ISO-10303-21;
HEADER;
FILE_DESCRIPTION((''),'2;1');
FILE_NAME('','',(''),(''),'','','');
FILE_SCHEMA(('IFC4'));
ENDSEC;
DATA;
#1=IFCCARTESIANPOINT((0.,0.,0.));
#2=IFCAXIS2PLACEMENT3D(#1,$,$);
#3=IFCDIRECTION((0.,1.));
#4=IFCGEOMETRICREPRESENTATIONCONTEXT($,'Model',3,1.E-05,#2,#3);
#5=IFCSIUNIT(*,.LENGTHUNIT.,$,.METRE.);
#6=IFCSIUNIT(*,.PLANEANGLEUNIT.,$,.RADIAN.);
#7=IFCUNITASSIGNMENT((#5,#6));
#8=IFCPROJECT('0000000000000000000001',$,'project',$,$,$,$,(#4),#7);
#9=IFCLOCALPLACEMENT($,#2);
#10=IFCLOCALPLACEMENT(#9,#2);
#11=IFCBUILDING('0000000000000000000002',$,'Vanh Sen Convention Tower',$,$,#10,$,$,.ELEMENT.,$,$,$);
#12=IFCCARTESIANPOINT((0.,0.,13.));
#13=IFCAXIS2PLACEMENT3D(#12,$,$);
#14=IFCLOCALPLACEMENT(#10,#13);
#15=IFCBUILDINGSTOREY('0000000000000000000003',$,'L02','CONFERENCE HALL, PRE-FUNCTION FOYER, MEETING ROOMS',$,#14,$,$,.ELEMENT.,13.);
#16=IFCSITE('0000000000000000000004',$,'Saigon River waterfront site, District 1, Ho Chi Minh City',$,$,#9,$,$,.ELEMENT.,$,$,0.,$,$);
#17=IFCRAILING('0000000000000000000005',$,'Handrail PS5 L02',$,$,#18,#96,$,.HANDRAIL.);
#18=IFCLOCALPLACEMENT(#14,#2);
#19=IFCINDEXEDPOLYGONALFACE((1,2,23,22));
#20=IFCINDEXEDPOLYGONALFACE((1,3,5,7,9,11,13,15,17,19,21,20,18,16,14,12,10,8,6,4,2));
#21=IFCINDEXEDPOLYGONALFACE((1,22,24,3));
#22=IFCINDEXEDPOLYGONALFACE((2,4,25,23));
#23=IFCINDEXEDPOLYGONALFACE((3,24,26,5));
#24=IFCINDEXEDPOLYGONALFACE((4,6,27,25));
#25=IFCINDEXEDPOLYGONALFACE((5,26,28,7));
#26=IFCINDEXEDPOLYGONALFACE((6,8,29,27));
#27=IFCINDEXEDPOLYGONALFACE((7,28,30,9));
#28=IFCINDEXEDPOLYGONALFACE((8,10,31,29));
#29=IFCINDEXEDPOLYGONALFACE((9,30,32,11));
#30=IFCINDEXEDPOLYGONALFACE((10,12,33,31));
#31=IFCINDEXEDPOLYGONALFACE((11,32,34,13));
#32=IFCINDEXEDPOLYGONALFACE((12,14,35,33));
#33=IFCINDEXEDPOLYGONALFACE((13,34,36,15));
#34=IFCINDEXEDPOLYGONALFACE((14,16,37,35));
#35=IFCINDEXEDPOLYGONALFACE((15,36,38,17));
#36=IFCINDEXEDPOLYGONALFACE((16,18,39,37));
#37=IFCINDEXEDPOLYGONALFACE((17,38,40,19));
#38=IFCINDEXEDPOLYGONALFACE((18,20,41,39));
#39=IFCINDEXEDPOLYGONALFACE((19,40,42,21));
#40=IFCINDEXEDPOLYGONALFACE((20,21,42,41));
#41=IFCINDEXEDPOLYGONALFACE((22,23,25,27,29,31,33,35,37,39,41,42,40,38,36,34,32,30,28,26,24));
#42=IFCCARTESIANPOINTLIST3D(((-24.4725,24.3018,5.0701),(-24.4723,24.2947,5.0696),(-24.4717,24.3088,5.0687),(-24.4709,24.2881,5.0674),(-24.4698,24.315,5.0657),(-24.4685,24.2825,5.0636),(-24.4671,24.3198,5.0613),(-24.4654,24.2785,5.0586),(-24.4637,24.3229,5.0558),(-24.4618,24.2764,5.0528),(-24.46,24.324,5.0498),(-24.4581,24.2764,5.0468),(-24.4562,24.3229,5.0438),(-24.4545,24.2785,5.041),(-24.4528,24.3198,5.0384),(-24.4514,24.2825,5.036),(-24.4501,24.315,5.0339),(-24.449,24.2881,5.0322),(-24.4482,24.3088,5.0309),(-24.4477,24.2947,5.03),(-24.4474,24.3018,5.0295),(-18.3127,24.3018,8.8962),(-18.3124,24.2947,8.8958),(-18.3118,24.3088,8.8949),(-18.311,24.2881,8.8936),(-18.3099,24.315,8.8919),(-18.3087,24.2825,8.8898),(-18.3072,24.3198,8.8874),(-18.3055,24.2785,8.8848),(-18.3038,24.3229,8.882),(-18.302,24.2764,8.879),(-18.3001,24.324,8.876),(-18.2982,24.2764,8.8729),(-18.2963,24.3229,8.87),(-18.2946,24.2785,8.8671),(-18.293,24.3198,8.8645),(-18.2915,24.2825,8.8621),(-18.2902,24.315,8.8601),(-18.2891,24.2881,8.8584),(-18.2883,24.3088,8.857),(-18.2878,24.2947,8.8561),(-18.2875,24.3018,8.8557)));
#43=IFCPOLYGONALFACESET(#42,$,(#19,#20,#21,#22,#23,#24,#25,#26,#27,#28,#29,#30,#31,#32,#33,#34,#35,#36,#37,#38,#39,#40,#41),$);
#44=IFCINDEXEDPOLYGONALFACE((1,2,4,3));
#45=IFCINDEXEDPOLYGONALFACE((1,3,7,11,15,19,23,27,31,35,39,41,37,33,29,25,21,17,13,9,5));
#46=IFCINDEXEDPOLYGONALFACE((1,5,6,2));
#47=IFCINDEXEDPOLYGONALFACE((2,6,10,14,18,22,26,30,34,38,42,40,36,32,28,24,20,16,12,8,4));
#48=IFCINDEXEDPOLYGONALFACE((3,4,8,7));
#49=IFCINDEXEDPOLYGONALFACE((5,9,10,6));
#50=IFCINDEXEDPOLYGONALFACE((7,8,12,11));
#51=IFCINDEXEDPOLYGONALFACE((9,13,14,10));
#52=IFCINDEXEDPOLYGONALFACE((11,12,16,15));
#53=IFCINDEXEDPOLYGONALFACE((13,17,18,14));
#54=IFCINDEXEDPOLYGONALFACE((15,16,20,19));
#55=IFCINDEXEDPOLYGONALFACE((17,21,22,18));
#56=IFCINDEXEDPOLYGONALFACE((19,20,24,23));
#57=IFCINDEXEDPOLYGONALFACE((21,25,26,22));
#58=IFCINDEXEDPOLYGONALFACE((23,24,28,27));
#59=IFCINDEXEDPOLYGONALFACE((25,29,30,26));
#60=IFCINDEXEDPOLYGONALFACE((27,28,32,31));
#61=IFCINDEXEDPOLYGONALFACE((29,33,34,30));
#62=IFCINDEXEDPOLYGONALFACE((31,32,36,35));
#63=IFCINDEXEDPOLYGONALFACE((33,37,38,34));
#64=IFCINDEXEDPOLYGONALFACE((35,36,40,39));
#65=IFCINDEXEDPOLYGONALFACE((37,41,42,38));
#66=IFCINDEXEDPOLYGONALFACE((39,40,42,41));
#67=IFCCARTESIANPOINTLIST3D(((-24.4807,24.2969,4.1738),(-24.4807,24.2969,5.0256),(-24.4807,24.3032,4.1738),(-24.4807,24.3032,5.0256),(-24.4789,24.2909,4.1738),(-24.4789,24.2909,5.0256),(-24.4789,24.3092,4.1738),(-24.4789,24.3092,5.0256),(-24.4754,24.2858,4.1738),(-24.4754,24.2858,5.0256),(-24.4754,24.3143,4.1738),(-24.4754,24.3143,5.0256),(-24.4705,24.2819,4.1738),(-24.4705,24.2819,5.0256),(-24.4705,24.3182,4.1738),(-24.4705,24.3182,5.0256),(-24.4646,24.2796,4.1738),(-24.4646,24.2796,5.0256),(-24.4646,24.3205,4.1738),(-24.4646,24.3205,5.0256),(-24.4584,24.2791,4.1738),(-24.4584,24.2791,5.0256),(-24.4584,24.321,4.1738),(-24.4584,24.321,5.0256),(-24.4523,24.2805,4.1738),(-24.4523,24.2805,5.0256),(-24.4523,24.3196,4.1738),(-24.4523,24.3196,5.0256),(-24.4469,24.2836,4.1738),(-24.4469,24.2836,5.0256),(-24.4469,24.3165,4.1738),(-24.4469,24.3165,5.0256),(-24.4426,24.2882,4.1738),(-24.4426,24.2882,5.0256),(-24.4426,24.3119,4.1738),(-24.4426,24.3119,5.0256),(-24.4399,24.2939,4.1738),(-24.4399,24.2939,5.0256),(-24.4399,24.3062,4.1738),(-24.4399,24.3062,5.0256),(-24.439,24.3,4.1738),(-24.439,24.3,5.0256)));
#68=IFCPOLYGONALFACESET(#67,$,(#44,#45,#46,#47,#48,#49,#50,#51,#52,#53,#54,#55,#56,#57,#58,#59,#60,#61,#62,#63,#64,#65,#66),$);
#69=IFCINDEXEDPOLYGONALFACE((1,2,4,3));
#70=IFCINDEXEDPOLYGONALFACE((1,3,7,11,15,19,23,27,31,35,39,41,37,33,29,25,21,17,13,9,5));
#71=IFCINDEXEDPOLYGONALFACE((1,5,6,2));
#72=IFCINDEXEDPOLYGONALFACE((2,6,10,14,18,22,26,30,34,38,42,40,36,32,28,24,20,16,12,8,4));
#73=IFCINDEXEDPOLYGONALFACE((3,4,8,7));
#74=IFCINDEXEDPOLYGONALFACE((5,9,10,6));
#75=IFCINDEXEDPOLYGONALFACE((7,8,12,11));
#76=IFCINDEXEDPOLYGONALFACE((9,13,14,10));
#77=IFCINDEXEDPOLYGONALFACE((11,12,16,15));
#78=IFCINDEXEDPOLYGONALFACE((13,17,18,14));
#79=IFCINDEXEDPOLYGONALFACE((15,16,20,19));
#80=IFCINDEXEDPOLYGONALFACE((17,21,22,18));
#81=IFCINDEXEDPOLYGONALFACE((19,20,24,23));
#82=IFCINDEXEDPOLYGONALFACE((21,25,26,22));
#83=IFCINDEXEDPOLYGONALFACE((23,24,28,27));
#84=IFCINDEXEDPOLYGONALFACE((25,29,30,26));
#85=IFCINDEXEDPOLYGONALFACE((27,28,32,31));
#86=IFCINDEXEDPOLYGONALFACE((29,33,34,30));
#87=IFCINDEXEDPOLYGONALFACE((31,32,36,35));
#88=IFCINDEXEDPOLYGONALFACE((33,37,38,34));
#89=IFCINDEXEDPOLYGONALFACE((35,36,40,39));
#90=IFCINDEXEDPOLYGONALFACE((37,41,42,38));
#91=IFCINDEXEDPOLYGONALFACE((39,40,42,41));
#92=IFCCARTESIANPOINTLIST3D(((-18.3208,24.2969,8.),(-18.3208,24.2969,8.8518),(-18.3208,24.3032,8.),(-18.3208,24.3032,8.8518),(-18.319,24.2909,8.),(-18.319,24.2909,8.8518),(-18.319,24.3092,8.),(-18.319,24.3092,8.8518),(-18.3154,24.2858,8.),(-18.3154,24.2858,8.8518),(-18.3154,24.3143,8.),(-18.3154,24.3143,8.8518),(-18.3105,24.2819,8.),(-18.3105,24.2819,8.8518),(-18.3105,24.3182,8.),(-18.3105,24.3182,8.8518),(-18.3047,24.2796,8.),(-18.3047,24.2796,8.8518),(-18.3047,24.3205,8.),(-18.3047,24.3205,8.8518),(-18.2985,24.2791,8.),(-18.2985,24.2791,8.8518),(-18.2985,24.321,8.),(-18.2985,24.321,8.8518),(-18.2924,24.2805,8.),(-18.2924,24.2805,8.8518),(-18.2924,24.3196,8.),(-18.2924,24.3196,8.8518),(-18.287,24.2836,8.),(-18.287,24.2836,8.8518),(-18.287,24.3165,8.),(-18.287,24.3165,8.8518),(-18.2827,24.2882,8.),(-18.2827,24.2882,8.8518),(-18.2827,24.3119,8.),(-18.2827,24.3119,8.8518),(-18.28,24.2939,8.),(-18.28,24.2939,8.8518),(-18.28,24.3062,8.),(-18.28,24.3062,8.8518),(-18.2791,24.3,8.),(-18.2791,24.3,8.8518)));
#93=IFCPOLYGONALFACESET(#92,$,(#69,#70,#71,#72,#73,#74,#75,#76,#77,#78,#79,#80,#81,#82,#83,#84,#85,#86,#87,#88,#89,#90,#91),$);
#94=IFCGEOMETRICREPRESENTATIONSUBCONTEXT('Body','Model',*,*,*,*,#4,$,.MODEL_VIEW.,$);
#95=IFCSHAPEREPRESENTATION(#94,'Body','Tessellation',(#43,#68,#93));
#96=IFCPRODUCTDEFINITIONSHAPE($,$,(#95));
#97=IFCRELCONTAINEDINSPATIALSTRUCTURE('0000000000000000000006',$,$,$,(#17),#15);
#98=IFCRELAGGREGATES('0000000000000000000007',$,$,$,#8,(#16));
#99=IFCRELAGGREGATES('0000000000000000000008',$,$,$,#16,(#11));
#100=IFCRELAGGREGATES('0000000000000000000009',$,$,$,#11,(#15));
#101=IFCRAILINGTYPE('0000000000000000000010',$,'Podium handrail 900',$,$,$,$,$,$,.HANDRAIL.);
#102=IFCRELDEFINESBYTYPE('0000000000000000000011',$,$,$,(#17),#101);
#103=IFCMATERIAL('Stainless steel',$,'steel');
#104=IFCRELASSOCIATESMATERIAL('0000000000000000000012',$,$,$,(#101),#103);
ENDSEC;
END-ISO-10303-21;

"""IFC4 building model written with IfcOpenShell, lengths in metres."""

from ifc_helpers import new_model, si_unit, direction, frame, origin, origin_2d, place, context, subcontext, project, spatial, circle, extrude, material, type_object, element, save


model = new_model("IFC4")

# Units and contexts
model_context = context("Model", 3, precision=1e-05, world=origin(), true_north=direction((0.0, 1.0)))
body_context = subcontext(model_context, "Body", "Model", "MODEL_VIEW")
ifc_project = project(units=[si_unit("LENGTHUNIT", "METRE"), si_unit("PLANEANGLEUNIT", "RADIAN")], contexts=[model_context])

# Site, building, storey
site_placement = place(None, origin())
site = spatial("IfcSite", under=ifc_project, at=site_placement, Name="Saigon River waterfront site, District 1, Ho Chi Minh City", CompositionType="ELEMENT", RefElevation=0.0)
building_placement = place(site_placement, origin())
building = spatial("IfcBuilding", under=site, at=building_placement, Name="Vanh Sen Convention Tower", CompositionType="ELEMENT")
storey_placement = place(building_placement, frame((0.0, 0.0, 13.0)))
storey = spatial("IfcBuildingStorey", under=building, at=storey_placement, Name="L02", Description="CONFERENCE HALL, PRE-FUNCTION FOYER, MEETING ROOMS", CompositionType="ELEMENT", Elevation=13.0)

# Railing
ifc_material_1 = material(Name="Stainless steel", Category="steel")
railing_type = type_object("IfcRailingType", Name="Podium handrail 900", PredefinedType="HANDRAIL", material=ifc_material_1)
for number, where, name in (
    (1, (-24.46, 24.3, 4.1738), "Handrail PS5 L02"),
):
    element("IfcRailing", number, at=place(storey_placement, frame(where)), inside=storey, type_object=railing_type, Name=name, PredefinedType="HANDRAIL", context=body_context, shape_type="SweptSolid", body=[
        extrude(circle(Radius=0.0239, at=origin_2d()), frame((0.0, 0.0, 0.876), z_axis=(0.849468, 0.0, 0.527639), x_axis=(0.0, 1.0, 0.0)), (0.0, 0.0, 1.0), 7.2515),
        extrude(circle(Radius=0.021, at=origin_2d()), origin(), (0.0, 0.0, 1.0), 0.8518),
        extrude(circle(Radius=0.021, at=origin_2d()), frame((6.1599, 0.0, 3.8262)), (0.0, 0.0, 1.0), 0.8518),
    ])

save(model, "model.ifc")
